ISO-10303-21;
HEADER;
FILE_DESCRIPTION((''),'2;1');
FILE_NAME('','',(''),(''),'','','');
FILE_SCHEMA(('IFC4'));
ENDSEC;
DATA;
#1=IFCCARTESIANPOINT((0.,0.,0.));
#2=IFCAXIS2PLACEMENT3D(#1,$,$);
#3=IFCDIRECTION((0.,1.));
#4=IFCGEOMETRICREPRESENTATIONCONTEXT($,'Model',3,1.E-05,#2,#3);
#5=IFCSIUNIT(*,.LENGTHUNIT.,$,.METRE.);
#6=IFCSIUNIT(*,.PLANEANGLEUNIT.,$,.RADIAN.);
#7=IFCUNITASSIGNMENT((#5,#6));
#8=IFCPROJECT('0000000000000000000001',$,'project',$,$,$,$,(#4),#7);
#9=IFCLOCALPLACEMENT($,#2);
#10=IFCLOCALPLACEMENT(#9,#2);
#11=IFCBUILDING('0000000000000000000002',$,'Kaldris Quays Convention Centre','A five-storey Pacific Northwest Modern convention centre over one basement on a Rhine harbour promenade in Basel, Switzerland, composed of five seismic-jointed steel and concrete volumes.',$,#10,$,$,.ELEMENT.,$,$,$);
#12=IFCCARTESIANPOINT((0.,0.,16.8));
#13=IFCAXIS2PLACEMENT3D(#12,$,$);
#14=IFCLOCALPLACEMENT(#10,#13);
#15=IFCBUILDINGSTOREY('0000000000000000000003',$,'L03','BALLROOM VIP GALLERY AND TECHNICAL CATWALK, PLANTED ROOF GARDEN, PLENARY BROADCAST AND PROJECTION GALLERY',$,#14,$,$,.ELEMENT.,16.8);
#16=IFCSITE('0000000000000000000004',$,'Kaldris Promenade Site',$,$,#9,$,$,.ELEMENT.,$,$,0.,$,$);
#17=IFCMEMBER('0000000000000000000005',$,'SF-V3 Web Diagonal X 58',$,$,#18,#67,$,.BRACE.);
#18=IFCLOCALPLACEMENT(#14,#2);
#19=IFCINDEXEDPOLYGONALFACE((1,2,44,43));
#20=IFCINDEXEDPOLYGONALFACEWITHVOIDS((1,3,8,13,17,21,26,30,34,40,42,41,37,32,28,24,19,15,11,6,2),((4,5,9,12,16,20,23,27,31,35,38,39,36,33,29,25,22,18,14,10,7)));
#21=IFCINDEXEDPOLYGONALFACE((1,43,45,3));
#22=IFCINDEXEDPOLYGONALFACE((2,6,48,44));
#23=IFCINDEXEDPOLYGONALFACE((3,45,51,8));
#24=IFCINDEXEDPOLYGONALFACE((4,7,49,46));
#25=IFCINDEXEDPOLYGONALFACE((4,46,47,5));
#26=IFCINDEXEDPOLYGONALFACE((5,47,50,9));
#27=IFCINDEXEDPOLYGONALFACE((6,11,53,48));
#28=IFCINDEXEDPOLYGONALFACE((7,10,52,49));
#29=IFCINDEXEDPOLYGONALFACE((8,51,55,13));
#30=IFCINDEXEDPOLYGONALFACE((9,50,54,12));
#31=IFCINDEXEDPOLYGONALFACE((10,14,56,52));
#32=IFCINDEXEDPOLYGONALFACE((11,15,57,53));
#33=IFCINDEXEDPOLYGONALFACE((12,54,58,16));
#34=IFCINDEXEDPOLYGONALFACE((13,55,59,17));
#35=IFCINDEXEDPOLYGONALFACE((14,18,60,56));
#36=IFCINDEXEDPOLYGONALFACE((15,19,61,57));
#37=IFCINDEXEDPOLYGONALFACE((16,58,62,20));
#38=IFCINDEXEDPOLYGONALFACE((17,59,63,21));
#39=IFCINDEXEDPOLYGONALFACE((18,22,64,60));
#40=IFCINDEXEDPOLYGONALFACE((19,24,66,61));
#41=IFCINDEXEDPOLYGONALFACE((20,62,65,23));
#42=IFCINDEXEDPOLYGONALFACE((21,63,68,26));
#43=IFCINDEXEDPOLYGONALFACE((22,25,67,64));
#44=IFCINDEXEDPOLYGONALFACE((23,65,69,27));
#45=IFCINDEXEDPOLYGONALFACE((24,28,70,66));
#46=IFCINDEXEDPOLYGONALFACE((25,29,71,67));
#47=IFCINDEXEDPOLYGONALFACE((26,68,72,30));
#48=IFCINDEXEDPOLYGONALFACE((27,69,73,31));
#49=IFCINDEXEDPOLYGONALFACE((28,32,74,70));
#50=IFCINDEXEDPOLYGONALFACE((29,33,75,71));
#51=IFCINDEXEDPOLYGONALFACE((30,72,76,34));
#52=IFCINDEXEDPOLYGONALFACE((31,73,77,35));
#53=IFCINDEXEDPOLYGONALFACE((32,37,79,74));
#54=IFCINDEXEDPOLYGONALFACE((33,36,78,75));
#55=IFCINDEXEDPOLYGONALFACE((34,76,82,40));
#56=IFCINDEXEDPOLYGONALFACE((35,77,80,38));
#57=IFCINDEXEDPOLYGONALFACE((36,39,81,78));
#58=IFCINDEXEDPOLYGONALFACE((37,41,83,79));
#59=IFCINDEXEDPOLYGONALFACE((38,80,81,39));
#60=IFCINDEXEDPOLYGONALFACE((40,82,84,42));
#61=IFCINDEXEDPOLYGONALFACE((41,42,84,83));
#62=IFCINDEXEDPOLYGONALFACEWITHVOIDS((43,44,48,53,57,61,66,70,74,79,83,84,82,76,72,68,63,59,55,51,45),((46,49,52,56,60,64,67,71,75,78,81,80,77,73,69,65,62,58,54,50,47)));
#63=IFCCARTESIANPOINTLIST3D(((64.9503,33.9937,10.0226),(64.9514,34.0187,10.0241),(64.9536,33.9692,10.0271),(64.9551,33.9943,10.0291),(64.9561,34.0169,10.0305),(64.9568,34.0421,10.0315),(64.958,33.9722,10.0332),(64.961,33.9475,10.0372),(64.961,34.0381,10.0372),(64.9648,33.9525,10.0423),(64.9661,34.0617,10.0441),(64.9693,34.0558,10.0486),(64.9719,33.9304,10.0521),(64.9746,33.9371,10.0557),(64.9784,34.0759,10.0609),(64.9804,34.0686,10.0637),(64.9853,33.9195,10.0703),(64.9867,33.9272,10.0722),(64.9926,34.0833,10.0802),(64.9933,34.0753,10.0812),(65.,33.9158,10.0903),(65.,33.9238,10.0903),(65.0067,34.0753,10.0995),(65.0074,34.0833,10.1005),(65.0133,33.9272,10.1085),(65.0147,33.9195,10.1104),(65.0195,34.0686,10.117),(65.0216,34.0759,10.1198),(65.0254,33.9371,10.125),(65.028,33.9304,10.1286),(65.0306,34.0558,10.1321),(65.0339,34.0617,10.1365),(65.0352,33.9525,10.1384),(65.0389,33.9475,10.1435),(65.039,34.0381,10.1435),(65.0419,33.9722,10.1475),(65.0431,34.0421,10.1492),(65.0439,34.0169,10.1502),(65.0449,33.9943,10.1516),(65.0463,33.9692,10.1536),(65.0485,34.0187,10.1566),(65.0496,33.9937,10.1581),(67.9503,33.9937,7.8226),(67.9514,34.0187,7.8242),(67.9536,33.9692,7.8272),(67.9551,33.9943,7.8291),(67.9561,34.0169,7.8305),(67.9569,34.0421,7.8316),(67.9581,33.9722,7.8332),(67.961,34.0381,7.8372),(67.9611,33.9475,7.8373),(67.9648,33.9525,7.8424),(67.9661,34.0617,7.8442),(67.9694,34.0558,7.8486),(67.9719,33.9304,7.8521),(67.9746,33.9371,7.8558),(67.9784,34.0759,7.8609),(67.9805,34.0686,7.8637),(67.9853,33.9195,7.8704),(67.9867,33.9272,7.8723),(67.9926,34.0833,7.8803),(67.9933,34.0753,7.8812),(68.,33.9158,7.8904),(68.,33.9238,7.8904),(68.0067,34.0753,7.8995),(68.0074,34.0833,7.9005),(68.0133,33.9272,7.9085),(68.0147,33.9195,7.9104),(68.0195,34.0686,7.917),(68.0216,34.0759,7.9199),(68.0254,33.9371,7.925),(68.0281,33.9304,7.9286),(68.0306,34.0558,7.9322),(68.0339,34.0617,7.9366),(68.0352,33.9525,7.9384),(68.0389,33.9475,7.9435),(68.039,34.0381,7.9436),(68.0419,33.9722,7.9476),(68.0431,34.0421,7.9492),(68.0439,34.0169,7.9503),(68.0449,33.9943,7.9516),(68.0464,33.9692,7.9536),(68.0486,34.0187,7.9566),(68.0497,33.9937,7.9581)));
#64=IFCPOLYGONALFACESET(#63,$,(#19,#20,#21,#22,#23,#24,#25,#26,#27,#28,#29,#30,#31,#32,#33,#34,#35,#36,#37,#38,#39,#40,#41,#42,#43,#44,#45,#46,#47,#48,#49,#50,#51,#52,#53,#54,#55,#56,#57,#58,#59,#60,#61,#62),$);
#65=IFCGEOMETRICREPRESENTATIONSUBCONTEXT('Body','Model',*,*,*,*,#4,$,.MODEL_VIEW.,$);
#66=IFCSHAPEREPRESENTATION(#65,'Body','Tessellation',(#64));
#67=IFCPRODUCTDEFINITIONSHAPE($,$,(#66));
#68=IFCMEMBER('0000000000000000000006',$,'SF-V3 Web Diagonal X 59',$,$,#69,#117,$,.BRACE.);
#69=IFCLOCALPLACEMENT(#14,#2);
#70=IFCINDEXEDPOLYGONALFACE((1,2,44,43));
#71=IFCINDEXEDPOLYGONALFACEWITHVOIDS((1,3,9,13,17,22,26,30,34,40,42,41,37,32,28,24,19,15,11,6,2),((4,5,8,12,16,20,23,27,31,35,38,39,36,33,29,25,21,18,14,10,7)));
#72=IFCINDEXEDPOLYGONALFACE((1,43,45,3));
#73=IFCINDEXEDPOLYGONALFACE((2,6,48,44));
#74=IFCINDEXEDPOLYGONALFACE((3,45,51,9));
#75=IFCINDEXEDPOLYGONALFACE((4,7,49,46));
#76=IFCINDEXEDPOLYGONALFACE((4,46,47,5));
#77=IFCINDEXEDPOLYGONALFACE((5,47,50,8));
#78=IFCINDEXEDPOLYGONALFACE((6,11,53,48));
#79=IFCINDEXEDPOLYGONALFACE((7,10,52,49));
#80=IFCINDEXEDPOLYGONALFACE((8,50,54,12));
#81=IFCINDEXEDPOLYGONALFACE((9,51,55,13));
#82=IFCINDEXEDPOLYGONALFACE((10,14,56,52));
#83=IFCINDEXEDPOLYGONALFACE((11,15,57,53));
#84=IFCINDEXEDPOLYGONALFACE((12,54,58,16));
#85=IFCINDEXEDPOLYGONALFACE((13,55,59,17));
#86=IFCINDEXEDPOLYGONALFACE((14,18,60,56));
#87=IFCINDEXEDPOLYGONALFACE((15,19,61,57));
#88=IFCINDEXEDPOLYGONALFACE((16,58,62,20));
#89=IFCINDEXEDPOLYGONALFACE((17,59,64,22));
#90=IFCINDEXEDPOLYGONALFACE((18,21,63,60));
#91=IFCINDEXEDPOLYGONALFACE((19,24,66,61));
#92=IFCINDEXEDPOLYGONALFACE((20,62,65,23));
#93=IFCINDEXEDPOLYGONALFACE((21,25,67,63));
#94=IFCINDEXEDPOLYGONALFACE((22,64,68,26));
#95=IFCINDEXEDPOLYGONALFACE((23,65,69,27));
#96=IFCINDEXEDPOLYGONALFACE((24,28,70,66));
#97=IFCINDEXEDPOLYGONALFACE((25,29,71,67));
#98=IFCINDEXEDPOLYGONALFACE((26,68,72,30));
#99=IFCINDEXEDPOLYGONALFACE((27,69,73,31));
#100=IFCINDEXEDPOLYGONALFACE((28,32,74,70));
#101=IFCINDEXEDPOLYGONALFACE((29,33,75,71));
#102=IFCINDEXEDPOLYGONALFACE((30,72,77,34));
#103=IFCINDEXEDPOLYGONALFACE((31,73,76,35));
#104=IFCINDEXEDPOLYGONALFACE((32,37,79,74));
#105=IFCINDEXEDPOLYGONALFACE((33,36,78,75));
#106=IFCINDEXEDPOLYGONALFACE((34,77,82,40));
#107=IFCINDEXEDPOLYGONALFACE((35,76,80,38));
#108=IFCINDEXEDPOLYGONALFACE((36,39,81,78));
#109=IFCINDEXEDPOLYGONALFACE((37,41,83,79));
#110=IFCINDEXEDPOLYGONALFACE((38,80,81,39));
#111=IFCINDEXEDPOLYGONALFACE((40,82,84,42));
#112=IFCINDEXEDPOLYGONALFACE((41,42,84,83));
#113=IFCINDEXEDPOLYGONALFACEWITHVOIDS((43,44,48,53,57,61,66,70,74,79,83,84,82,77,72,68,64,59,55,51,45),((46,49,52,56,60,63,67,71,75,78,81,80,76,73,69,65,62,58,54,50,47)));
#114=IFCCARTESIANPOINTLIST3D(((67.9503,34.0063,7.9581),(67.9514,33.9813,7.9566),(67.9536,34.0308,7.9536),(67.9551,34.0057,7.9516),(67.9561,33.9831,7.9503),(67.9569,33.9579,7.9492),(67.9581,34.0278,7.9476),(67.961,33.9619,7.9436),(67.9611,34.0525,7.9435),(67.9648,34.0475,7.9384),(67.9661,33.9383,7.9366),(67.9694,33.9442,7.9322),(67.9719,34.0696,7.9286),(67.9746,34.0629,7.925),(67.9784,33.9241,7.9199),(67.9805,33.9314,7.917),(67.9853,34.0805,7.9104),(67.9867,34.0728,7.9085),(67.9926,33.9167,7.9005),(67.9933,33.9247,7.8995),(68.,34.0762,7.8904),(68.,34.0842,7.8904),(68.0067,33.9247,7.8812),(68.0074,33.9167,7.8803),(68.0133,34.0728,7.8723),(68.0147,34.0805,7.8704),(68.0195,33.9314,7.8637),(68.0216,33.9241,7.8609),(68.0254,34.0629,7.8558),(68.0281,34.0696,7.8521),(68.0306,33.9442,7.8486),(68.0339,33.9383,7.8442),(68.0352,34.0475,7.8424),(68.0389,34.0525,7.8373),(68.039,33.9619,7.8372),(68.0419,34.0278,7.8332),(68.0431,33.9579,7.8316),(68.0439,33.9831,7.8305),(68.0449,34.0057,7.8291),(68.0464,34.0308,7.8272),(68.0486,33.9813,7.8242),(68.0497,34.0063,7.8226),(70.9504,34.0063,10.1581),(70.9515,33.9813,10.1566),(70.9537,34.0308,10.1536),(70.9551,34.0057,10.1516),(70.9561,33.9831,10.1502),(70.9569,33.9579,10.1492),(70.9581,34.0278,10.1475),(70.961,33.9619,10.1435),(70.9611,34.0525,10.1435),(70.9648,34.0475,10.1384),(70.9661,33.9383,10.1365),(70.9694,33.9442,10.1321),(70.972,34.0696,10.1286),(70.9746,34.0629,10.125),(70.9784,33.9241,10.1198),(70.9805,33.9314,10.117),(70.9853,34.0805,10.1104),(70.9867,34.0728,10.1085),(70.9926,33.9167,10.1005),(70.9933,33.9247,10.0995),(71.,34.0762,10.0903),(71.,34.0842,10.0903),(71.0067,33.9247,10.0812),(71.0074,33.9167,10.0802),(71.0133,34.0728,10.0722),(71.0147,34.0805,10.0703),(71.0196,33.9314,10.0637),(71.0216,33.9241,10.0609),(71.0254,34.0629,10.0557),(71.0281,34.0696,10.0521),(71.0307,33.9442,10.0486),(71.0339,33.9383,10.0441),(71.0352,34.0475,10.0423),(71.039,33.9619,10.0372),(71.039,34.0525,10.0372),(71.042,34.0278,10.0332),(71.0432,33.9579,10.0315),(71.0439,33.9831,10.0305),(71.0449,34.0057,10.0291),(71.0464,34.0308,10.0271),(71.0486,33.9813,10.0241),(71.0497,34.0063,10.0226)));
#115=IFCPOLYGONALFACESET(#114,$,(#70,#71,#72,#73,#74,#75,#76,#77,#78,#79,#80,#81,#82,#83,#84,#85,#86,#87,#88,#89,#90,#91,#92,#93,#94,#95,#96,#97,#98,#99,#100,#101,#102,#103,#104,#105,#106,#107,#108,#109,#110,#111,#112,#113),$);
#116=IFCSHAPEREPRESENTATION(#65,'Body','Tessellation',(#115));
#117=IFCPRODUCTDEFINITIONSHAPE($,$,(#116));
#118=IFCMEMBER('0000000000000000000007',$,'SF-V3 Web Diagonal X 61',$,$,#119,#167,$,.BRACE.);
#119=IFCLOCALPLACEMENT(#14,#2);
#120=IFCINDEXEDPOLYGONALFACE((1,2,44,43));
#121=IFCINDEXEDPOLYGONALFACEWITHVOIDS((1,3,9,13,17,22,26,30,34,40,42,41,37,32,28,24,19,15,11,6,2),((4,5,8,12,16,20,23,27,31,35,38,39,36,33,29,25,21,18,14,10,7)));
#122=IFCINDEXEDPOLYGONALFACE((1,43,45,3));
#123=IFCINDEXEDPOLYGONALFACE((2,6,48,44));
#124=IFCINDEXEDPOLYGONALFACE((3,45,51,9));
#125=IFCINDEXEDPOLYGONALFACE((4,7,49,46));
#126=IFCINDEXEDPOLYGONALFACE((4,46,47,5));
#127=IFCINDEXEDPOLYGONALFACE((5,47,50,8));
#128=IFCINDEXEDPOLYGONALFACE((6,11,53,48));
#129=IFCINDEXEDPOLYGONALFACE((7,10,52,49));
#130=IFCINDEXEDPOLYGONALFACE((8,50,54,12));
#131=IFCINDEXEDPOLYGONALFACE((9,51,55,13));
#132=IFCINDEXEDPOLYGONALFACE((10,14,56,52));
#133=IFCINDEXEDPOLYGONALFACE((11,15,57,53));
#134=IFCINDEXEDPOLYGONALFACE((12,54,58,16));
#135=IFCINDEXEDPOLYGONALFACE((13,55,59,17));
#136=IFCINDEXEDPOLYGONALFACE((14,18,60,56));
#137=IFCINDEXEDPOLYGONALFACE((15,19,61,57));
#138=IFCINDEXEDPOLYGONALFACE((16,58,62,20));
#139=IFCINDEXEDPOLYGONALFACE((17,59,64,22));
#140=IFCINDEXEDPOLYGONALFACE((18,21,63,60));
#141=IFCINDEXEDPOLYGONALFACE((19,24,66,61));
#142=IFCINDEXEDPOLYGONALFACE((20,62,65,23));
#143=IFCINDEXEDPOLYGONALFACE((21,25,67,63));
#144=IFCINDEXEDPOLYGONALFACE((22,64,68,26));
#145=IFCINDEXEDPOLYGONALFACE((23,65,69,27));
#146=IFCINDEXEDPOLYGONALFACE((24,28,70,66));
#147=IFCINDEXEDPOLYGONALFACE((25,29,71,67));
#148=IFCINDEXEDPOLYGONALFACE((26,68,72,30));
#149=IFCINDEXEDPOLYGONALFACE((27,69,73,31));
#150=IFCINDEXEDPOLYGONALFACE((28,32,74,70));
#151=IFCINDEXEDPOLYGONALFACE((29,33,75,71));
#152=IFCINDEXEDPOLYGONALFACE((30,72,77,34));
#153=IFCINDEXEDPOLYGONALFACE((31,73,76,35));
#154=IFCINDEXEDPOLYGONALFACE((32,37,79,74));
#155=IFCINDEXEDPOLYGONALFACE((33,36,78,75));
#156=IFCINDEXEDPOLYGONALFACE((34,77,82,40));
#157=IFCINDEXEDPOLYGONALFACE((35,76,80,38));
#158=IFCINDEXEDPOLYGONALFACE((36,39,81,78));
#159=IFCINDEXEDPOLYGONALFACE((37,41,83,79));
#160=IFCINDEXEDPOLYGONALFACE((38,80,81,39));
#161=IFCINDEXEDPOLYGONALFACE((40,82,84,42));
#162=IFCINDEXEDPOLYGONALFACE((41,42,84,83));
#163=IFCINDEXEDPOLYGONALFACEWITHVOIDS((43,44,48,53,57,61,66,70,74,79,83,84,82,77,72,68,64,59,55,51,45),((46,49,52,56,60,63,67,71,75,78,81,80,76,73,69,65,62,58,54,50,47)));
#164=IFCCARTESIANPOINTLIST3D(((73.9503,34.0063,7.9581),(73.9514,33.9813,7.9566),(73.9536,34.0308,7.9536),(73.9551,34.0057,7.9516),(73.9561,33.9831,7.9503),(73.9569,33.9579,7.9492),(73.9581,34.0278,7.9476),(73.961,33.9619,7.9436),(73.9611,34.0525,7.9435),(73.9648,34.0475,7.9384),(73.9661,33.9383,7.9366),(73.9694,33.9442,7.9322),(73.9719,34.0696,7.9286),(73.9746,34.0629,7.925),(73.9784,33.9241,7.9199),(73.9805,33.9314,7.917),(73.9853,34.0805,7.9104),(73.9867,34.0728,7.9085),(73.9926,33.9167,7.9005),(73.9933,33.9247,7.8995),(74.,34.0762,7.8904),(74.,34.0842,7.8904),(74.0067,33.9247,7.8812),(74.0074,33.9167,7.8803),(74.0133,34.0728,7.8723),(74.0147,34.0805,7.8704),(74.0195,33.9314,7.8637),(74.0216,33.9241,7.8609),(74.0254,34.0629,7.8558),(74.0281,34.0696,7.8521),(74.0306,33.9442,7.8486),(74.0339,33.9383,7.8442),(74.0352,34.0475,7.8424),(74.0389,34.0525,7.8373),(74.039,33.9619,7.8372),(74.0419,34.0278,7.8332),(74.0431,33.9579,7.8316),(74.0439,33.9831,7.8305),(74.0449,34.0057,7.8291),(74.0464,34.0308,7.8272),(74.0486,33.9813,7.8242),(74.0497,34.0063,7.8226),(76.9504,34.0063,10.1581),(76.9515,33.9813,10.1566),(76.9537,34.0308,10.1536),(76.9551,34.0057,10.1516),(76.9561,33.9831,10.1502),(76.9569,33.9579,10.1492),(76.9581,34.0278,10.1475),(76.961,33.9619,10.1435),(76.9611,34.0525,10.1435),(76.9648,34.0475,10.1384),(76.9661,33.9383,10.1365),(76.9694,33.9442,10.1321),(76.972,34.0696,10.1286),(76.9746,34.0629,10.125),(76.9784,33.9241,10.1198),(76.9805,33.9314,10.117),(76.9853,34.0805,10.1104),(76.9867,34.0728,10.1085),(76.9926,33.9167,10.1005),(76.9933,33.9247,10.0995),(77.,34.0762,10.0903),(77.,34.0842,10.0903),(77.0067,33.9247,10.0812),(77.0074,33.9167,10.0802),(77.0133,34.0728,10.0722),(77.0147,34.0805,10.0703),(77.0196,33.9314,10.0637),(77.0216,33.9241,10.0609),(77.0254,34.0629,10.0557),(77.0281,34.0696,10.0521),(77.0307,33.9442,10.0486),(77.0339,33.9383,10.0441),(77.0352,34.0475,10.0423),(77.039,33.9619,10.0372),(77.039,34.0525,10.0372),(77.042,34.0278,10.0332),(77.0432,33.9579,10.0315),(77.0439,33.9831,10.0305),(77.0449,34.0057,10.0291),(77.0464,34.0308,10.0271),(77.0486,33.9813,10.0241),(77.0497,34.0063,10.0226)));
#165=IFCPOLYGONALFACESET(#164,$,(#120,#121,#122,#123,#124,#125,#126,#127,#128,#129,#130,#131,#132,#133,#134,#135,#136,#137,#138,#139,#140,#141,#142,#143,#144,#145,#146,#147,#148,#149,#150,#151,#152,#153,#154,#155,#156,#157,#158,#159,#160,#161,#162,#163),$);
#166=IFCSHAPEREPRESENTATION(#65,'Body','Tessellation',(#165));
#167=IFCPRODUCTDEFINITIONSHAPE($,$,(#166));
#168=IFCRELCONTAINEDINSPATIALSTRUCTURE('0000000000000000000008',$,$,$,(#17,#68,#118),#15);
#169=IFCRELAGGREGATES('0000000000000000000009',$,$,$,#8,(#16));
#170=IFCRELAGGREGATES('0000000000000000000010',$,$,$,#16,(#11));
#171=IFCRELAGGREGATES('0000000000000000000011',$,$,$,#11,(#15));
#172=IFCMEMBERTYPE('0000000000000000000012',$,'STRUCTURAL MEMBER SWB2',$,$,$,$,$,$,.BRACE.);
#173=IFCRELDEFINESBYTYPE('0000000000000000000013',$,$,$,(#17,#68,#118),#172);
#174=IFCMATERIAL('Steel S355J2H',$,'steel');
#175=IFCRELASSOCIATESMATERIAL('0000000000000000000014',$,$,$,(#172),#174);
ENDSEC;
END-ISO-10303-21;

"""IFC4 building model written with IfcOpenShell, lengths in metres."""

from ifc_helpers import new_model, si_unit, direction, frame, origin, origin_2d, place, context, subcontext, project, spatial, hollow_circle, extrude, material, material_profile, profile_set, type_object, element, save


model = new_model("IFC4")

# Units and contexts
model_context = context("Model", 3, precision=1e-05, world=origin(), true_north=direction((0.0, 1.0)))
body_context = subcontext(model_context, "Body", "Model", "MODEL_VIEW")
ifc_project = project(units=[si_unit("LENGTHUNIT", "METRE"), si_unit("PLANEANGLEUNIT", "RADIAN")], contexts=[model_context])

# Site, building, storey
site_placement = place(None, origin())
site = spatial("IfcSite", under=ifc_project, at=site_placement, Name="Kaldris Promenade Site", CompositionType="ELEMENT", RefElevation=0.0)
building_placement = place(site_placement, origin())
building = spatial("IfcBuilding", under=site, at=building_placement, Name="Kaldris Quays Convention Centre", Description="A five-storey Pacific Northwest Modern convention centre over one basement on a Rhine harbour promenade in Basel, Switzerland, composed of five seismic-jointed steel and concrete volumes.", CompositionType="ELEMENT")
storey_placement = place(building_placement, frame((0.0, 0.0, 16.8)))
storey = spatial("IfcBuildingStorey", under=building, at=storey_placement, Name="L03", Description="BALLROOM VIP GALLERY AND TECHNICAL CATWALK, PLANTED ROOF GARDEN, PLENARY BROADCAST AND PROJECTION GALLERY", CompositionType="ELEMENT", Elevation=16.8)

# Members
ifc_material_1 = material(Name="Steel S355J2H", Category="steel")
ifc_material_profile_1 = material_profile(ifc_material_1, hollow_circle(Radius=0.0842, WallThickness=0.0081, at=origin_2d()), Name="CHS 168.3x8")
ifc_profile_set_1 = profile_set([ifc_material_profile_1], Name="Steel S355J2H")
member_type_1 = type_object("IfcMemberType", Name="STRUCTURAL MEMBER SWB2", PredefinedType="BRACE", material=ifc_profile_set_1)
for number, where, z_axis, x_axis, name in (
    (1, (68.0, 34.0, 7.8904), (-0.806411, 0.0, 0.591355), (0.0, -1.0, 0.0), "SF-V3 Web Diagonal X 58"),
    (2, (68.0, 34.0, 7.8904), (0.806411, 0.0, 0.591355), (0.0, 1.0, 0.0), "SF-V3 Web Diagonal X 59"),
    (3, (74.0, 34.0, 7.8904), (0.806411, 0.0, 0.591355), (0.0, 1.0, 0.0), "SF-V3 Web Diagonal X 61"),
):
    element("IfcMember", number, at=place(storey_placement, frame(where, z_axis=z_axis, x_axis=x_axis)), inside=storey, type_object=member_type_1, Name=name, PredefinedType="BRACE", context=body_context, shape_type="SweptSolid", body=[
        extrude(hollow_circle(Radius=0.0842, WallThickness=0.0081, at=origin_2d()), origin(), (0.0, 0.0, 1.0), 3.7202),
    ])

save(model, "model.ifc")
